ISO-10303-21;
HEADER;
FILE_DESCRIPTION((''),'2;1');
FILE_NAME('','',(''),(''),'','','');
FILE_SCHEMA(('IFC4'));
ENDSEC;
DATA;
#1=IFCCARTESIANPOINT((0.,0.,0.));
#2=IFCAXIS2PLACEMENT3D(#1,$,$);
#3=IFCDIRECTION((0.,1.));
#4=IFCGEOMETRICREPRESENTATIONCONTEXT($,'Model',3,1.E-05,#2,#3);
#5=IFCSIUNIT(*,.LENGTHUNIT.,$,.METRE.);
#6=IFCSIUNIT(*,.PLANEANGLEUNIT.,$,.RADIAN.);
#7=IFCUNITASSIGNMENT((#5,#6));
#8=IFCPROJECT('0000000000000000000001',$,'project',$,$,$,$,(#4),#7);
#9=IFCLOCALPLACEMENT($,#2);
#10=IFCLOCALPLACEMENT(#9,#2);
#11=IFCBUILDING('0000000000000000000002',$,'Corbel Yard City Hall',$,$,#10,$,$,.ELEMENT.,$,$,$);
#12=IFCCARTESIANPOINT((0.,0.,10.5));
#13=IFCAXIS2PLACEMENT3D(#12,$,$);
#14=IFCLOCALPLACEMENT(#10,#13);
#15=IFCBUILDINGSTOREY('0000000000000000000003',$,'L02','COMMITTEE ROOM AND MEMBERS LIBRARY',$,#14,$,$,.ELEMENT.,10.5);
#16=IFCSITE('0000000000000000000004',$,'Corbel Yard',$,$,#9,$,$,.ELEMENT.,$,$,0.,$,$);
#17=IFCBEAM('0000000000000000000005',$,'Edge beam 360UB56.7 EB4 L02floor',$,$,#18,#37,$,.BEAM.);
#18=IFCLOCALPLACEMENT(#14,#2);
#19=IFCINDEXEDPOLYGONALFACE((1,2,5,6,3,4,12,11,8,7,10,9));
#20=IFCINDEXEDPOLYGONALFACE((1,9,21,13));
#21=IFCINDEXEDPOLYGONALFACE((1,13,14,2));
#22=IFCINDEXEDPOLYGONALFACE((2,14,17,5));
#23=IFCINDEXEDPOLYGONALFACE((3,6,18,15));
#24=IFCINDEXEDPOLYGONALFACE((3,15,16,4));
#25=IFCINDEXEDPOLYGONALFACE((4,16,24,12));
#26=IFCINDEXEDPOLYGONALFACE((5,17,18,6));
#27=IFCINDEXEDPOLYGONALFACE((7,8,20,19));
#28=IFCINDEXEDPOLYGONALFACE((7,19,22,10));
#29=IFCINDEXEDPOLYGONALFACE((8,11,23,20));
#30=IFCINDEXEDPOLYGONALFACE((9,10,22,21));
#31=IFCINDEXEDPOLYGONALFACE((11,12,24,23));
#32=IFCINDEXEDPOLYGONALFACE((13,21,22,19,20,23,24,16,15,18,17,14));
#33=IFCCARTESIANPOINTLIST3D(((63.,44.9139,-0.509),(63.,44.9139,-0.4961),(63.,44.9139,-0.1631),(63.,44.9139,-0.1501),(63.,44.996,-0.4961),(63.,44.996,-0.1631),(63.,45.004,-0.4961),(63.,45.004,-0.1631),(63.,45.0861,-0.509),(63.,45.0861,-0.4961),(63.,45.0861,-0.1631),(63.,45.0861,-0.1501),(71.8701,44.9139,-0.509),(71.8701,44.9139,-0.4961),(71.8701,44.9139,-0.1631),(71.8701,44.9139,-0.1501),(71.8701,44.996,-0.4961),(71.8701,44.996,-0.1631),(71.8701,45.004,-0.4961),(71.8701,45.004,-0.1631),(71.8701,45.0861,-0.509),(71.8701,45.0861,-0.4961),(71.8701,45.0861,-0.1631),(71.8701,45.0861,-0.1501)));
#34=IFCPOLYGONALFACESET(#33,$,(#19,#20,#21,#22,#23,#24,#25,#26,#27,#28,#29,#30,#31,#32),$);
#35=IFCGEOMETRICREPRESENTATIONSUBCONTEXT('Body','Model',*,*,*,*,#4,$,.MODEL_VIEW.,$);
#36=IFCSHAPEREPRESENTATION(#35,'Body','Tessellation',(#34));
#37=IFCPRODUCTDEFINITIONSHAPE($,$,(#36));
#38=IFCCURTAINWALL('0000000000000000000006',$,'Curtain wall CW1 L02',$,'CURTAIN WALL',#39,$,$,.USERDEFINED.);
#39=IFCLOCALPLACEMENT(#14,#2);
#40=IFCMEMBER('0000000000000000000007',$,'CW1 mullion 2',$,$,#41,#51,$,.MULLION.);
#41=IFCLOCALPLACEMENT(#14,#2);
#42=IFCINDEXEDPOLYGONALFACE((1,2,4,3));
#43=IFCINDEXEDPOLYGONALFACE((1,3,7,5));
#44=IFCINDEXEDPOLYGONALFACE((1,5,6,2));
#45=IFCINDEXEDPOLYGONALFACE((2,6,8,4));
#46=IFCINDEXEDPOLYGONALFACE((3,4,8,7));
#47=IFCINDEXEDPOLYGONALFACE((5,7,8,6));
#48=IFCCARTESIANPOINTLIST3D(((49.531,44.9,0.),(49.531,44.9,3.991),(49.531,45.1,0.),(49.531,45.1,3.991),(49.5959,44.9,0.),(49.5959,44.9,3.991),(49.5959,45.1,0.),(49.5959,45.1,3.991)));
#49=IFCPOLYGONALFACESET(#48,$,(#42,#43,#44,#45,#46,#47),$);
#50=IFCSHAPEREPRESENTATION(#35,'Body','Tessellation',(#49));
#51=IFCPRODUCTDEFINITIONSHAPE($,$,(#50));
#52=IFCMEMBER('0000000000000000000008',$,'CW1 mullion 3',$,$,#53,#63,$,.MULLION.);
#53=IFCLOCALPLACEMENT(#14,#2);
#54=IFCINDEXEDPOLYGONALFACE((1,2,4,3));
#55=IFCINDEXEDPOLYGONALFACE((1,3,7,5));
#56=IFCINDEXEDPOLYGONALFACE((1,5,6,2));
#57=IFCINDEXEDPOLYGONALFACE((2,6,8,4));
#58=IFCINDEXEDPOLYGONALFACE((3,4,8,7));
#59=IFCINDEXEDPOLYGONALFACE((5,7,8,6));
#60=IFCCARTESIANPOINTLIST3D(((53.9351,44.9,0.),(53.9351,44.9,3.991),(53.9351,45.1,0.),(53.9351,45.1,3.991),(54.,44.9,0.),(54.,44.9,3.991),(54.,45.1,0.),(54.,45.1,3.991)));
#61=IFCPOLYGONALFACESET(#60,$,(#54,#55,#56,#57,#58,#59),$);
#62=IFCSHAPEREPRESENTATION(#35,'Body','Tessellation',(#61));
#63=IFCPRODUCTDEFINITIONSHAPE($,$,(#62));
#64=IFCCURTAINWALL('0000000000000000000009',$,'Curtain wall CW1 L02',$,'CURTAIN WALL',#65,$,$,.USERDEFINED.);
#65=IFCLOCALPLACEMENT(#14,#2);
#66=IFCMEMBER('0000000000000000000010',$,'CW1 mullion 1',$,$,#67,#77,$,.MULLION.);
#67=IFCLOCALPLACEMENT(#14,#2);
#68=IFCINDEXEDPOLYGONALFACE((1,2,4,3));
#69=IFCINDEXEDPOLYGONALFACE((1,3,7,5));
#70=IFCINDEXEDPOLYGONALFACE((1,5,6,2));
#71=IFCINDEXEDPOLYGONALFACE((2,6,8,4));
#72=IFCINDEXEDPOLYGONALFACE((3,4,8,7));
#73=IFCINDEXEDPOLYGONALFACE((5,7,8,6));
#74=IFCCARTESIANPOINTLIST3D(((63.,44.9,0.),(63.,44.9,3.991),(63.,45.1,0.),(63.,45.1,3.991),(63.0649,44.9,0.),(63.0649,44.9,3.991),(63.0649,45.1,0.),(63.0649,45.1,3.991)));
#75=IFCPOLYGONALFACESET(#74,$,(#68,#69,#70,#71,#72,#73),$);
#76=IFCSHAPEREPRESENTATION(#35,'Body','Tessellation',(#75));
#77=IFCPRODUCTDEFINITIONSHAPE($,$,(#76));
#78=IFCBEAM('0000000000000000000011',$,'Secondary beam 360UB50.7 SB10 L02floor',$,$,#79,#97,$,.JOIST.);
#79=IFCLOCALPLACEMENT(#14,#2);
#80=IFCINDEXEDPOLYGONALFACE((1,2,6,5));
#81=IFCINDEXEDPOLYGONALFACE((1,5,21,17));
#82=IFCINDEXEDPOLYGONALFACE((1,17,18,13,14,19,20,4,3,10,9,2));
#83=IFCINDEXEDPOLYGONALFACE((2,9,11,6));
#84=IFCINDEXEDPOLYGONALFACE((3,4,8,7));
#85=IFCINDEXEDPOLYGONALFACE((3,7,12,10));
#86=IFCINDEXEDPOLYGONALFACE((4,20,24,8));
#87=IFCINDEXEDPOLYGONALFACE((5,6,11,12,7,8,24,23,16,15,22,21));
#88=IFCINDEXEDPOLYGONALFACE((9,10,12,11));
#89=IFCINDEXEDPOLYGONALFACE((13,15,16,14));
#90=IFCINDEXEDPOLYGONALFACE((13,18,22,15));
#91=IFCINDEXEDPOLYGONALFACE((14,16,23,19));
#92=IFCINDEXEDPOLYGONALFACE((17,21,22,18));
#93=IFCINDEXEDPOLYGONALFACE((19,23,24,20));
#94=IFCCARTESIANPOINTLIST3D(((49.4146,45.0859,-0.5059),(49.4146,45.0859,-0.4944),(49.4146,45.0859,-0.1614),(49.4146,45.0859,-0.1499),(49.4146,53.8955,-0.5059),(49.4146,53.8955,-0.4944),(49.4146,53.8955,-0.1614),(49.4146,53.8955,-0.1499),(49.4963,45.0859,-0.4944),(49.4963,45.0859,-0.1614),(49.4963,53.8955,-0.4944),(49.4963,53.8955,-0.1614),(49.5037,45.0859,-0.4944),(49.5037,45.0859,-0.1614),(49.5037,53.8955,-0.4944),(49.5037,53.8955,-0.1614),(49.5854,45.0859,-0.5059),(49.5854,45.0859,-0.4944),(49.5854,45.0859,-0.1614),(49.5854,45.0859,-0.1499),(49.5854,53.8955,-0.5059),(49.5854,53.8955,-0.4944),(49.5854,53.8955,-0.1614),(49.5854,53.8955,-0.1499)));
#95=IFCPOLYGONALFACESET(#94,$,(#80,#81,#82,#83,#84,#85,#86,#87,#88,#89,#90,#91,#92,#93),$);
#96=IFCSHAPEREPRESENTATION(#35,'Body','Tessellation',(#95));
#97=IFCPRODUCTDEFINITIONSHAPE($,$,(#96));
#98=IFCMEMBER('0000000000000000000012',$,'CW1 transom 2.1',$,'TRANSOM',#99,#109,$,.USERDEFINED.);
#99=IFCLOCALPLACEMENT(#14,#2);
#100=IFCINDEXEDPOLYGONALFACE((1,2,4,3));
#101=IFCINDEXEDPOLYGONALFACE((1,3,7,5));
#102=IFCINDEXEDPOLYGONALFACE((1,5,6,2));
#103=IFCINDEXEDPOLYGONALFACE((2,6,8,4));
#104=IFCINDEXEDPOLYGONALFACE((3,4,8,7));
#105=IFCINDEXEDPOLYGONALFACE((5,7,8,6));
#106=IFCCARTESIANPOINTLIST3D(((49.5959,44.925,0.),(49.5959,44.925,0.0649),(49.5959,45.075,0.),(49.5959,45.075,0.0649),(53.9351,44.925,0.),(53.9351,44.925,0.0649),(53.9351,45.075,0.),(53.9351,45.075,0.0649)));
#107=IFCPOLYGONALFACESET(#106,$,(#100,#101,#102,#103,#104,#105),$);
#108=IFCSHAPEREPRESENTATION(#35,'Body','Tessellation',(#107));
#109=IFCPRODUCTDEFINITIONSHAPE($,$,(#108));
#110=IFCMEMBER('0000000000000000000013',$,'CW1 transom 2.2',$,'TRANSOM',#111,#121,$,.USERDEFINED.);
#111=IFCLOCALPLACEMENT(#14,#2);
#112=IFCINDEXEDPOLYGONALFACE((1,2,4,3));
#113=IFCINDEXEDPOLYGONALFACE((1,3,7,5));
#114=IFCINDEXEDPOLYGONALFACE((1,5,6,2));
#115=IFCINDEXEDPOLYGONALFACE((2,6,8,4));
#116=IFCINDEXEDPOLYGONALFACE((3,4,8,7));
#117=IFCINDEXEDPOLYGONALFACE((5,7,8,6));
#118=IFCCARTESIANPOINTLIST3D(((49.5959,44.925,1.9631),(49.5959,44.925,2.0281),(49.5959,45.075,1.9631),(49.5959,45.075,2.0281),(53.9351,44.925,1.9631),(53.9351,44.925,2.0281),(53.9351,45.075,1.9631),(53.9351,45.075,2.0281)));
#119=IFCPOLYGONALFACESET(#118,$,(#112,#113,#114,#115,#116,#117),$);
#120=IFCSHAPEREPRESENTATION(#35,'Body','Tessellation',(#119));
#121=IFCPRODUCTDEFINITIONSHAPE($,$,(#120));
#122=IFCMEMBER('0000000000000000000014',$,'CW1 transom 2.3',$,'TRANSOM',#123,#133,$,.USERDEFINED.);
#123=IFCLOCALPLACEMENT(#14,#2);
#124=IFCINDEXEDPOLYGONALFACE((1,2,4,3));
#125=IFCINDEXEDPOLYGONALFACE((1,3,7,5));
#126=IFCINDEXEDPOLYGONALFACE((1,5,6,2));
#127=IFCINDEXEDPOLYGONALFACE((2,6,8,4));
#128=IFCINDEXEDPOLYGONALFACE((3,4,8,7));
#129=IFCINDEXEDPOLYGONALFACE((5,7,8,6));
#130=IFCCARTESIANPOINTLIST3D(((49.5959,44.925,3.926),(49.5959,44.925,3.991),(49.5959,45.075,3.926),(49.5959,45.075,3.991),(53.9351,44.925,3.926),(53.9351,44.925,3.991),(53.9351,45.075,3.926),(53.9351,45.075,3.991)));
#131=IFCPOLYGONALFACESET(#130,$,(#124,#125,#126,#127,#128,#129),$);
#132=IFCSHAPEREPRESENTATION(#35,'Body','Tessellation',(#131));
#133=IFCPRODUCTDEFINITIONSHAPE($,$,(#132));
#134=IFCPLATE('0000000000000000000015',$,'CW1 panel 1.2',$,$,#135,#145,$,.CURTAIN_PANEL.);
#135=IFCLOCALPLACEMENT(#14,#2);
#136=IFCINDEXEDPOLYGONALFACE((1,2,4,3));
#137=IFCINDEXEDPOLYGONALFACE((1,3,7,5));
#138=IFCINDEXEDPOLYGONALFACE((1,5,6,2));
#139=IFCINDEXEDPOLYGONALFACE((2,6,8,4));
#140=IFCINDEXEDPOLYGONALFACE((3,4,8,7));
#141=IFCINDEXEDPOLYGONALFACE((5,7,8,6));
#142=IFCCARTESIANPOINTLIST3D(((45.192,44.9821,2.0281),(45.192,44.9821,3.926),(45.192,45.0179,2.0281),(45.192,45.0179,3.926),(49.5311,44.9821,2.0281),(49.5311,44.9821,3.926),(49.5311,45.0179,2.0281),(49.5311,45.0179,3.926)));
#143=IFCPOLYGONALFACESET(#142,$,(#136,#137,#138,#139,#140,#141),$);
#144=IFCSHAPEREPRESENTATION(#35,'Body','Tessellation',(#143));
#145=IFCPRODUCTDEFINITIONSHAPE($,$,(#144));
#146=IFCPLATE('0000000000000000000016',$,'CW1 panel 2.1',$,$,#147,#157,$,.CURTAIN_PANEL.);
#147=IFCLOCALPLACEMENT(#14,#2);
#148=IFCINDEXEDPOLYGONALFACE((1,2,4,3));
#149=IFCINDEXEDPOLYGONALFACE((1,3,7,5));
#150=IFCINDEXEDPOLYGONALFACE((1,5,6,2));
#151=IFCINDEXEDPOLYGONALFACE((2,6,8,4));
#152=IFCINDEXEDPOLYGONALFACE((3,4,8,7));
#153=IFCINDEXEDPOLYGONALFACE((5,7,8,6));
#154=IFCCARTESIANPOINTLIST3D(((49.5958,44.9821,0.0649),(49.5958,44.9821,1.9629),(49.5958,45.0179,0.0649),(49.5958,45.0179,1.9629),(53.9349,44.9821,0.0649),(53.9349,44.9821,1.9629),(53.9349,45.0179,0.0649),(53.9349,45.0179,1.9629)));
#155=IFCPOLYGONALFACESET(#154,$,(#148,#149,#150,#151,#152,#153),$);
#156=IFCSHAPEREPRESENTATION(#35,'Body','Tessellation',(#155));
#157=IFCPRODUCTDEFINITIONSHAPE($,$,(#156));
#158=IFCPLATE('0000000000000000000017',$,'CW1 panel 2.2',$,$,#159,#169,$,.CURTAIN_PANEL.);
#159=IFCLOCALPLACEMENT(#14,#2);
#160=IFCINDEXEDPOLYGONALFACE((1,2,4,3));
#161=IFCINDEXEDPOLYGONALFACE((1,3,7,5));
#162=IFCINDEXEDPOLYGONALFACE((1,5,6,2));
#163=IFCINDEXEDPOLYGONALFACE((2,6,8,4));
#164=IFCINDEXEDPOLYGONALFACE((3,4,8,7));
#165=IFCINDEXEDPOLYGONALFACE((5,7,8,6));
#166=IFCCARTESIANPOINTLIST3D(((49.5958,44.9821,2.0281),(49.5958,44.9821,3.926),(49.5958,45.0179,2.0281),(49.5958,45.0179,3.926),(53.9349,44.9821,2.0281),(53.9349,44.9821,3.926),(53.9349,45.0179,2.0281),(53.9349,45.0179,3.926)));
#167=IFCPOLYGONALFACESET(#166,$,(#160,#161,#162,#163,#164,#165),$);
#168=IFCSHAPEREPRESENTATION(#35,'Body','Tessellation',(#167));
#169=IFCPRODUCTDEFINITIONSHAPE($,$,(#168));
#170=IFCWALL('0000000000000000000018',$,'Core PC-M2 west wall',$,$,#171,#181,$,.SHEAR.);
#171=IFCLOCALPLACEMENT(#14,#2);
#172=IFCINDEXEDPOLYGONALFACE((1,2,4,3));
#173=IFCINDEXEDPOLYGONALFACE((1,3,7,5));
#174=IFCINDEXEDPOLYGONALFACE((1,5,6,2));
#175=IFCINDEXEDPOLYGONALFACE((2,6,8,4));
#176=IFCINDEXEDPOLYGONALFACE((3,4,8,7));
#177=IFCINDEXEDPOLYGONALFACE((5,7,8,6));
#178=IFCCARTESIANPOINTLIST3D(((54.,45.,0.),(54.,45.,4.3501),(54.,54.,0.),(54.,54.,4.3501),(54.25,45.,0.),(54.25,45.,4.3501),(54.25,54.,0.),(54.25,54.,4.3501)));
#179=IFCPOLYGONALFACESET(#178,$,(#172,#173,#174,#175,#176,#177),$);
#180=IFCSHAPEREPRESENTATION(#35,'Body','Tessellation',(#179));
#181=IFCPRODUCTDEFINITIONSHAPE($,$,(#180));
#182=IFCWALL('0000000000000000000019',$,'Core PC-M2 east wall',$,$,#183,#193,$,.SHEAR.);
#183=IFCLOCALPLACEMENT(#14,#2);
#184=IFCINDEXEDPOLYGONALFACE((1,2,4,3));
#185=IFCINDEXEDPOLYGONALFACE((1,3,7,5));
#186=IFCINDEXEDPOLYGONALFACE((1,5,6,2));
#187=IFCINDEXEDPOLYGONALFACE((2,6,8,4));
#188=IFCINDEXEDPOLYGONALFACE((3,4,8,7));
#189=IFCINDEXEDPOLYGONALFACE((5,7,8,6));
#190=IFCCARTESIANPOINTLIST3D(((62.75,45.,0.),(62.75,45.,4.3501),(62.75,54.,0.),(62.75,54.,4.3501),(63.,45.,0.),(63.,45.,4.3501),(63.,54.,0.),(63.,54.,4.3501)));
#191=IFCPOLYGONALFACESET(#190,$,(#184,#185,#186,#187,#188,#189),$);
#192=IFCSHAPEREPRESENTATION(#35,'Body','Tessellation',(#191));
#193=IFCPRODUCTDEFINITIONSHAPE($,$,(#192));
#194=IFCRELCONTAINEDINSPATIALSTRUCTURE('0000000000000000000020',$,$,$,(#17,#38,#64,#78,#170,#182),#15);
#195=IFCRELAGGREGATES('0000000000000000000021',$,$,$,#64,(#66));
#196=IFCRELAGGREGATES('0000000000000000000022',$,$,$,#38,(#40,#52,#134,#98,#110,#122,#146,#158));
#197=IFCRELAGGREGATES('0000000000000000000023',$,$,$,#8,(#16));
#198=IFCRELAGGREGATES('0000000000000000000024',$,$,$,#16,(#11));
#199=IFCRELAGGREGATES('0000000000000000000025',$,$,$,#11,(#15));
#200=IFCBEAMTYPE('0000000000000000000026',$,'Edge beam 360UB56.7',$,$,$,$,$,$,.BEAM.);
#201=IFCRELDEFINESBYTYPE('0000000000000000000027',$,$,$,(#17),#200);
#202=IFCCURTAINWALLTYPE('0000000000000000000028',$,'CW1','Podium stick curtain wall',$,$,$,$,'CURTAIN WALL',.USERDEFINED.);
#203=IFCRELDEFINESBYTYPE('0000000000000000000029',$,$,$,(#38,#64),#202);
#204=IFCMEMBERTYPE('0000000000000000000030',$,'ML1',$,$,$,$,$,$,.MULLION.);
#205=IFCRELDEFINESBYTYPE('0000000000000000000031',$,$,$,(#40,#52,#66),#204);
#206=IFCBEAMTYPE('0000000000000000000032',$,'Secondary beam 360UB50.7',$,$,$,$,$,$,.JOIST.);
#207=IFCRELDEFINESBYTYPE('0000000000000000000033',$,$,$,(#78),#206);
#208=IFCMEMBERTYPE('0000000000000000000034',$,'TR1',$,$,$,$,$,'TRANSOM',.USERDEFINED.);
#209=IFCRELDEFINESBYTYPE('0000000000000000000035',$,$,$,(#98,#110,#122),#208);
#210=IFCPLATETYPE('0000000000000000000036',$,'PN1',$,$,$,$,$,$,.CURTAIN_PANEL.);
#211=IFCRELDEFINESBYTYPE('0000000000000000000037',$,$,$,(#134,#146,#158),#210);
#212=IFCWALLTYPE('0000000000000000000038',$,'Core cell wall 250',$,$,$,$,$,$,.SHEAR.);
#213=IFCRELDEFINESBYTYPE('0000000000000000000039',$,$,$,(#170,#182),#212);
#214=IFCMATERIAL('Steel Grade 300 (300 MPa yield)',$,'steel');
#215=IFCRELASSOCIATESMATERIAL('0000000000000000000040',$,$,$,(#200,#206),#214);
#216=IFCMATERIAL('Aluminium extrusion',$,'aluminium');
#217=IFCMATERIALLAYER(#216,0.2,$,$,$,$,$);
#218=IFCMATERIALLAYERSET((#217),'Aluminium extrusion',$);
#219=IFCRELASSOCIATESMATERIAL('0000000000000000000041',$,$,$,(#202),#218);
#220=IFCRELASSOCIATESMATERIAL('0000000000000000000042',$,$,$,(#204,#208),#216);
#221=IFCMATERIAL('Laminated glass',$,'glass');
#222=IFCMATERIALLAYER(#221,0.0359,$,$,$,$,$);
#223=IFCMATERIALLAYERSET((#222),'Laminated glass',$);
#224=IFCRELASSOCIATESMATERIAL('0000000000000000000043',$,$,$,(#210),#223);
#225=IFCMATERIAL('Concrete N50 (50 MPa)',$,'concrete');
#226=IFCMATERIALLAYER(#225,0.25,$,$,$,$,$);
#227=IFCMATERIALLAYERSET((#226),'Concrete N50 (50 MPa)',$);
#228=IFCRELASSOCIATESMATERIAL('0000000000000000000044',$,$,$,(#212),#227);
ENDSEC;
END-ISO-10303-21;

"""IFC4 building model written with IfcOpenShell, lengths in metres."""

from ifc_helpers import new_model, si_unit, direction, frame, frame_2d, origin, origin_2d, place, context, subcontext, project, spatial, rectangle, i_section, extrude, material, layer, layer_set, material_profile, profile_set, type_object, element, aggregate, save


model = new_model("IFC4")

# Units and contexts
model_context = context("Model", 3, precision=1e-05, world=origin(), true_north=direction((0.0, 1.0)))
body_context = subcontext(model_context, "Body", "Model", "MODEL_VIEW")
ifc_project = project(units=[si_unit("LENGTHUNIT", "METRE"), si_unit("PLANEANGLEUNIT", "RADIAN")], contexts=[model_context])

# Site, building, storey
site_placement = place(None, origin())
site = spatial("IfcSite", under=ifc_project, at=site_placement, Name="Corbel Yard", CompositionType="ELEMENT", RefElevation=0.0)
building_placement = place(site_placement, origin())
building = spatial("IfcBuilding", under=site, at=building_placement, Name="Corbel Yard City Hall", CompositionType="ELEMENT")
storey_placement = place(building_placement, frame((0.0, 0.0, 10.5)))
storey = spatial("IfcBuildingStorey", under=building, at=storey_placement, Name="L02", Description="COMMITTEE ROOM AND MEMBERS LIBRARY", CompositionType="ELEMENT", Elevation=10.5)

# Beam
ifc_material_1 = material(Name="Steel Grade 300 (300 MPa yield)", Category="steel")
ifc_material_profile_1 = material_profile(ifc_material_1, i_section(OverallWidth=0.1721, OverallDepth=0.3589, WebThickness=0.0081, FlangeThickness=0.0129, at=origin_2d()), Name="360UB56.7")
ifc_profile_set_1 = profile_set([ifc_material_profile_1], Name="Steel Grade 300 (300 MPa yield)")
beam_type_1 = type_object("IfcBeamType", Name="Edge beam 360UB56.7", PredefinedType="BEAM", material=ifc_profile_set_1)
beam_1_placement = place(storey_placement, frame((63.0, 45.0, -0.3296), z_axis=(1.0, 0.0, 0.0), x_axis=(0.0, 1.0, 0.0)))
element("IfcBeam", 1, at=beam_1_placement, inside=storey, type_object=beam_type_1, Name="Edge beam 360UB56.7 EB4 L02floor", PredefinedType="BEAM", context=body_context, shape_type="SweptSolid", body=[
    extrude(i_section(OverallWidth=0.1721, OverallDepth=0.3589, WebThickness=0.0081, FlangeThickness=0.0129, at=origin_2d()), origin(), (0.0, 0.0, 1.0), 8.8701),
])

# Curtain wall, members
ifc_material_2 = material(Name="Aluminium extrusion", Category="aluminium")
ifc_layer_1 = layer(ifc_material_2, 0.2)
ifc_layer_set_1 = layer_set([ifc_layer_1], Name="Aluminium extrusion")
curtain_wall_type = type_object("IfcCurtainWallType", Name="CW1", Description="Podium stick curtain wall", ElementType="CURTAIN WALL", PredefinedType="USERDEFINED", material=ifc_layer_set_1)
curtain_wall_1_placement = place(storey_placement, origin())
curtain_wall_1 = element("IfcCurtainWall", 2, at=curtain_wall_1_placement, inside=storey, type_object=curtain_wall_type, Name="Curtain wall CW1 L02", ObjectType="CURTAIN WALL", PredefinedType="USERDEFINED")
ifc_material_profile_2 = material_profile(ifc_material_2, rectangle(XDim=0.2, YDim=0.0649, at=origin_2d()), Name="200x65")
ifc_profile_set_2 = profile_set([ifc_material_profile_2], Name="Aluminium extrusion")
member_type_1 = type_object("IfcMemberType", Name="ML1", PredefinedType="MULLION", material=ifc_profile_set_2)
member_1_placement = place(storey_placement, frame((49.5635, 45.0, 0.0), z_axis=(0.0, 0.0, 1.0), x_axis=(0.0, 1.0, 0.0)))
member_1 = element("IfcMember", 3, at=member_1_placement, type_object=member_type_1, Name="CW1 mullion 2", PredefinedType="MULLION", context=body_context, shape_type="SweptSolid", body=[
    extrude(rectangle(XDim=0.2, YDim=0.0649, at=origin_2d()), origin(), (0.0, 0.0, 1.0), 3.991),
])
member_2_placement = place(storey_placement, frame((53.9675, 45.0, 0.0), z_axis=(0.0, 0.0, 1.0), x_axis=(0.0, 1.0, 0.0)))
member_2 = element("IfcMember", 4, at=member_2_placement, type_object=member_type_1, Name="CW1 mullion 3", PredefinedType="MULLION", context=body_context, shape_type="SweptSolid", body=[
    extrude(rectangle(XDim=0.2, YDim=0.0649, at=origin_2d()), origin(), (0.0, 0.0, 1.0), 3.991),
])

# Curtain wall, member
curtain_wall_2_placement = place(storey_placement, origin())
curtain_wall_2 = element("IfcCurtainWall", 5, at=curtain_wall_2_placement, inside=storey, type_object=curtain_wall_type, Name="Curtain wall CW1 L02", ObjectType="CURTAIN WALL", PredefinedType="USERDEFINED")
member_3_placement = place(storey_placement, frame((63.0325, 45.0, 0.0), z_axis=(0.0, 0.0, 1.0), x_axis=(0.0, 1.0, 0.0)))
member_3 = element("IfcMember", 6, at=member_3_placement, type_object=member_type_1, Name="CW1 mullion 1", PredefinedType="MULLION", context=body_context, shape_type="SweptSolid", body=[
    extrude(rectangle(XDim=0.2, YDim=0.0649, at=origin_2d()), origin(), (0.0, 0.0, 1.0), 3.991),
])
aggregate(curtain_wall_2, [member_3])

# Beam
ifc_material_profile_3 = material_profile(ifc_material_1, i_section(OverallWidth=0.1709, OverallDepth=0.356, WebThickness=0.0073, FlangeThickness=0.0115, at=origin_2d()), Name="360UB50.7")
ifc_profile_set_3 = profile_set([ifc_material_profile_3], Name="Steel Grade 300 (300 MPa yield)")
beam_type_2 = type_object("IfcBeamType", Name="Secondary beam 360UB50.7", PredefinedType="JOIST", material=ifc_profile_set_3)
beam_2_placement = place(storey_placement, frame((49.5, 45.0859, -0.3279), z_axis=(0.0, 1.0, 0.0), x_axis=(-1.0, 0.0, 0.0)))
element("IfcBeam", 7, at=beam_2_placement, inside=storey, type_object=beam_type_2, Name="Secondary beam 360UB50.7 SB10 L02floor", PredefinedType="JOIST", context=body_context, shape_type="SweptSolid", body=[
    extrude(i_section(OverallWidth=0.1709, OverallDepth=0.356, WebThickness=0.0073, FlangeThickness=0.0115, at=origin_2d()), origin(), (0.0, 0.0, 1.0), 8.8096),
])

# Members
ifc_material_profile_4 = material_profile(ifc_material_2, rectangle(XDim=0.1499, YDim=0.0649, at=origin_2d()), Name="150x65")
ifc_profile_set_4 = profile_set([ifc_material_profile_4], Name="Aluminium extrusion")
member_type_2 = type_object("IfcMemberType", Name="TR1", ElementType="TRANSOM", PredefinedType="USERDEFINED", material=ifc_profile_set_4)
member_4_placement = place(storey_placement, frame((49.5959, 45.0, 0.0325), z_axis=(1.0, 0.0, 0.0), x_axis=(0.0, 1.0, 0.0)))
member_4 = element("IfcMember", 8, at=member_4_placement, type_object=member_type_2, Name="CW1 transom 2.1", ObjectType="TRANSOM", PredefinedType="USERDEFINED", context=body_context, shape_type="SweptSolid", body=[
    extrude(rectangle(XDim=0.1499, YDim=0.0649, at=origin_2d()), origin(), (0.0, 0.0, 1.0), 4.3391),
])
member_5_placement = place(storey_placement, frame((49.5959, 45.0, 1.9956), z_axis=(1.0, 0.0, 0.0), x_axis=(0.0, 1.0, 0.0)))
member_5 = element("IfcMember", 9, at=member_5_placement, type_object=member_type_2, Name="CW1 transom 2.2", ObjectType="TRANSOM", PredefinedType="USERDEFINED", context=body_context, shape_type="SweptSolid", body=[
    extrude(rectangle(XDim=0.1499, YDim=0.0649, at=origin_2d()), origin(), (0.0, 0.0, 1.0), 4.3391),
])
member_6_placement = place(storey_placement, frame((49.5959, 45.0, 3.9585), z_axis=(1.0, 0.0, 0.0), x_axis=(0.0, 1.0, 0.0)))
member_6 = element("IfcMember", 10, at=member_6_placement, type_object=member_type_2, Name="CW1 transom 2.3", ObjectType="TRANSOM", PredefinedType="USERDEFINED", context=body_context, shape_type="SweptSolid", body=[
    extrude(rectangle(XDim=0.1499, YDim=0.0649, at=origin_2d()), origin(), (0.0, 0.0, 1.0), 4.3391),
])

# Plates
ifc_material_3 = material(Name="Laminated glass", Category="glass")
ifc_layer_2 = layer(ifc_material_3, 0.0359)
ifc_layer_set_2 = layer_set([ifc_layer_2], Name="Laminated glass")
plate_type = type_object("IfcPlateType", Name="PN1", PredefinedType="CURTAIN_PANEL", material=ifc_layer_set_2)
plate_1_placement = place(storey_placement, frame((47.3616, 45.0, 2.0281), z_axis=(0.0, 0.0, 1.0), x_axis=(1.0, 0.0, 0.0)))
plate_1 = element("IfcPlate", 11, at=plate_1_placement, type_object=plate_type, Name="CW1 panel 1.2", PredefinedType="CURTAIN_PANEL", context=body_context, shape_type="SweptSolid", body=[
    extrude(rectangle(XDim=4.3391, YDim=0.0359, at=origin_2d()), origin(), (0.0, 0.0, 1.0), 1.8979),
])
plate_2_placement = place(storey_placement, frame((51.7654, 45.0, 0.0649), z_axis=(0.0, 0.0, 1.0), x_axis=(1.0, 0.0, 0.0)))
plate_2 = element("IfcPlate", 12, at=plate_2_placement, type_object=plate_type, Name="CW1 panel 2.1", PredefinedType="CURTAIN_PANEL", context=body_context, shape_type="SweptSolid", body=[
    extrude(rectangle(XDim=4.3391, YDim=0.0359, at=origin_2d()), origin(), (0.0, 0.0, 1.0), 1.8979),
])
plate_3_placement = place(storey_placement, frame((51.7654, 45.0, 2.0281), z_axis=(0.0, 0.0, 1.0), x_axis=(1.0, 0.0, 0.0)))
plate_3 = element("IfcPlate", 13, at=plate_3_placement, type_object=plate_type, Name="CW1 panel 2.2", PredefinedType="CURTAIN_PANEL", context=body_context, shape_type="SweptSolid", body=[
    extrude(rectangle(XDim=4.3391, YDim=0.0359, at=origin_2d()), origin(), (0.0, 0.0, 1.0), 1.8979),
])
aggregate(curtain_wall_1, [member_1, member_2, plate_1, member_4, member_5, member_6, plate_2, plate_3])

# Walls
ifc_material_4 = material(Name="Concrete N50 (50 MPa)", Category="concrete")
ifc_layer_3 = layer(ifc_material_4, 0.25)
ifc_layer_set_3 = layer_set([ifc_layer_3], Name="Concrete N50 (50 MPa)")
wall_type_1 = type_object("IfcWallType", Name="Core cell wall 250", PredefinedType="SHEAR", material=ifc_layer_set_3)
for number, where, z_axis, x_axis, name in (
    (14, (54.125, 45.0, 0.0), (0.0, 0.0, 1.0), (0.0, 1.0, 0.0), "Core PC-M2 west wall"),
    (15, (62.875, 45.0, 0.0), (0.0, 0.0, 1.0), (0.0, 1.0, 0.0), "Core PC-M2 east wall"),
):
    element("IfcWall", number, at=place(storey_placement, frame(where, z_axis=z_axis, x_axis=x_axis)), inside=storey, type_object=wall_type_1, Name=name, PredefinedType="SHEAR", context=body_context, shape_type="SweptSolid", body=[
        extrude(rectangle(XDim=9.0, YDim=0.25, at=frame_2d((4.5, 0.0))), origin(), (0.0, 0.0, 1.0), 4.3501),
    ])

save(model, "model.ifc")
